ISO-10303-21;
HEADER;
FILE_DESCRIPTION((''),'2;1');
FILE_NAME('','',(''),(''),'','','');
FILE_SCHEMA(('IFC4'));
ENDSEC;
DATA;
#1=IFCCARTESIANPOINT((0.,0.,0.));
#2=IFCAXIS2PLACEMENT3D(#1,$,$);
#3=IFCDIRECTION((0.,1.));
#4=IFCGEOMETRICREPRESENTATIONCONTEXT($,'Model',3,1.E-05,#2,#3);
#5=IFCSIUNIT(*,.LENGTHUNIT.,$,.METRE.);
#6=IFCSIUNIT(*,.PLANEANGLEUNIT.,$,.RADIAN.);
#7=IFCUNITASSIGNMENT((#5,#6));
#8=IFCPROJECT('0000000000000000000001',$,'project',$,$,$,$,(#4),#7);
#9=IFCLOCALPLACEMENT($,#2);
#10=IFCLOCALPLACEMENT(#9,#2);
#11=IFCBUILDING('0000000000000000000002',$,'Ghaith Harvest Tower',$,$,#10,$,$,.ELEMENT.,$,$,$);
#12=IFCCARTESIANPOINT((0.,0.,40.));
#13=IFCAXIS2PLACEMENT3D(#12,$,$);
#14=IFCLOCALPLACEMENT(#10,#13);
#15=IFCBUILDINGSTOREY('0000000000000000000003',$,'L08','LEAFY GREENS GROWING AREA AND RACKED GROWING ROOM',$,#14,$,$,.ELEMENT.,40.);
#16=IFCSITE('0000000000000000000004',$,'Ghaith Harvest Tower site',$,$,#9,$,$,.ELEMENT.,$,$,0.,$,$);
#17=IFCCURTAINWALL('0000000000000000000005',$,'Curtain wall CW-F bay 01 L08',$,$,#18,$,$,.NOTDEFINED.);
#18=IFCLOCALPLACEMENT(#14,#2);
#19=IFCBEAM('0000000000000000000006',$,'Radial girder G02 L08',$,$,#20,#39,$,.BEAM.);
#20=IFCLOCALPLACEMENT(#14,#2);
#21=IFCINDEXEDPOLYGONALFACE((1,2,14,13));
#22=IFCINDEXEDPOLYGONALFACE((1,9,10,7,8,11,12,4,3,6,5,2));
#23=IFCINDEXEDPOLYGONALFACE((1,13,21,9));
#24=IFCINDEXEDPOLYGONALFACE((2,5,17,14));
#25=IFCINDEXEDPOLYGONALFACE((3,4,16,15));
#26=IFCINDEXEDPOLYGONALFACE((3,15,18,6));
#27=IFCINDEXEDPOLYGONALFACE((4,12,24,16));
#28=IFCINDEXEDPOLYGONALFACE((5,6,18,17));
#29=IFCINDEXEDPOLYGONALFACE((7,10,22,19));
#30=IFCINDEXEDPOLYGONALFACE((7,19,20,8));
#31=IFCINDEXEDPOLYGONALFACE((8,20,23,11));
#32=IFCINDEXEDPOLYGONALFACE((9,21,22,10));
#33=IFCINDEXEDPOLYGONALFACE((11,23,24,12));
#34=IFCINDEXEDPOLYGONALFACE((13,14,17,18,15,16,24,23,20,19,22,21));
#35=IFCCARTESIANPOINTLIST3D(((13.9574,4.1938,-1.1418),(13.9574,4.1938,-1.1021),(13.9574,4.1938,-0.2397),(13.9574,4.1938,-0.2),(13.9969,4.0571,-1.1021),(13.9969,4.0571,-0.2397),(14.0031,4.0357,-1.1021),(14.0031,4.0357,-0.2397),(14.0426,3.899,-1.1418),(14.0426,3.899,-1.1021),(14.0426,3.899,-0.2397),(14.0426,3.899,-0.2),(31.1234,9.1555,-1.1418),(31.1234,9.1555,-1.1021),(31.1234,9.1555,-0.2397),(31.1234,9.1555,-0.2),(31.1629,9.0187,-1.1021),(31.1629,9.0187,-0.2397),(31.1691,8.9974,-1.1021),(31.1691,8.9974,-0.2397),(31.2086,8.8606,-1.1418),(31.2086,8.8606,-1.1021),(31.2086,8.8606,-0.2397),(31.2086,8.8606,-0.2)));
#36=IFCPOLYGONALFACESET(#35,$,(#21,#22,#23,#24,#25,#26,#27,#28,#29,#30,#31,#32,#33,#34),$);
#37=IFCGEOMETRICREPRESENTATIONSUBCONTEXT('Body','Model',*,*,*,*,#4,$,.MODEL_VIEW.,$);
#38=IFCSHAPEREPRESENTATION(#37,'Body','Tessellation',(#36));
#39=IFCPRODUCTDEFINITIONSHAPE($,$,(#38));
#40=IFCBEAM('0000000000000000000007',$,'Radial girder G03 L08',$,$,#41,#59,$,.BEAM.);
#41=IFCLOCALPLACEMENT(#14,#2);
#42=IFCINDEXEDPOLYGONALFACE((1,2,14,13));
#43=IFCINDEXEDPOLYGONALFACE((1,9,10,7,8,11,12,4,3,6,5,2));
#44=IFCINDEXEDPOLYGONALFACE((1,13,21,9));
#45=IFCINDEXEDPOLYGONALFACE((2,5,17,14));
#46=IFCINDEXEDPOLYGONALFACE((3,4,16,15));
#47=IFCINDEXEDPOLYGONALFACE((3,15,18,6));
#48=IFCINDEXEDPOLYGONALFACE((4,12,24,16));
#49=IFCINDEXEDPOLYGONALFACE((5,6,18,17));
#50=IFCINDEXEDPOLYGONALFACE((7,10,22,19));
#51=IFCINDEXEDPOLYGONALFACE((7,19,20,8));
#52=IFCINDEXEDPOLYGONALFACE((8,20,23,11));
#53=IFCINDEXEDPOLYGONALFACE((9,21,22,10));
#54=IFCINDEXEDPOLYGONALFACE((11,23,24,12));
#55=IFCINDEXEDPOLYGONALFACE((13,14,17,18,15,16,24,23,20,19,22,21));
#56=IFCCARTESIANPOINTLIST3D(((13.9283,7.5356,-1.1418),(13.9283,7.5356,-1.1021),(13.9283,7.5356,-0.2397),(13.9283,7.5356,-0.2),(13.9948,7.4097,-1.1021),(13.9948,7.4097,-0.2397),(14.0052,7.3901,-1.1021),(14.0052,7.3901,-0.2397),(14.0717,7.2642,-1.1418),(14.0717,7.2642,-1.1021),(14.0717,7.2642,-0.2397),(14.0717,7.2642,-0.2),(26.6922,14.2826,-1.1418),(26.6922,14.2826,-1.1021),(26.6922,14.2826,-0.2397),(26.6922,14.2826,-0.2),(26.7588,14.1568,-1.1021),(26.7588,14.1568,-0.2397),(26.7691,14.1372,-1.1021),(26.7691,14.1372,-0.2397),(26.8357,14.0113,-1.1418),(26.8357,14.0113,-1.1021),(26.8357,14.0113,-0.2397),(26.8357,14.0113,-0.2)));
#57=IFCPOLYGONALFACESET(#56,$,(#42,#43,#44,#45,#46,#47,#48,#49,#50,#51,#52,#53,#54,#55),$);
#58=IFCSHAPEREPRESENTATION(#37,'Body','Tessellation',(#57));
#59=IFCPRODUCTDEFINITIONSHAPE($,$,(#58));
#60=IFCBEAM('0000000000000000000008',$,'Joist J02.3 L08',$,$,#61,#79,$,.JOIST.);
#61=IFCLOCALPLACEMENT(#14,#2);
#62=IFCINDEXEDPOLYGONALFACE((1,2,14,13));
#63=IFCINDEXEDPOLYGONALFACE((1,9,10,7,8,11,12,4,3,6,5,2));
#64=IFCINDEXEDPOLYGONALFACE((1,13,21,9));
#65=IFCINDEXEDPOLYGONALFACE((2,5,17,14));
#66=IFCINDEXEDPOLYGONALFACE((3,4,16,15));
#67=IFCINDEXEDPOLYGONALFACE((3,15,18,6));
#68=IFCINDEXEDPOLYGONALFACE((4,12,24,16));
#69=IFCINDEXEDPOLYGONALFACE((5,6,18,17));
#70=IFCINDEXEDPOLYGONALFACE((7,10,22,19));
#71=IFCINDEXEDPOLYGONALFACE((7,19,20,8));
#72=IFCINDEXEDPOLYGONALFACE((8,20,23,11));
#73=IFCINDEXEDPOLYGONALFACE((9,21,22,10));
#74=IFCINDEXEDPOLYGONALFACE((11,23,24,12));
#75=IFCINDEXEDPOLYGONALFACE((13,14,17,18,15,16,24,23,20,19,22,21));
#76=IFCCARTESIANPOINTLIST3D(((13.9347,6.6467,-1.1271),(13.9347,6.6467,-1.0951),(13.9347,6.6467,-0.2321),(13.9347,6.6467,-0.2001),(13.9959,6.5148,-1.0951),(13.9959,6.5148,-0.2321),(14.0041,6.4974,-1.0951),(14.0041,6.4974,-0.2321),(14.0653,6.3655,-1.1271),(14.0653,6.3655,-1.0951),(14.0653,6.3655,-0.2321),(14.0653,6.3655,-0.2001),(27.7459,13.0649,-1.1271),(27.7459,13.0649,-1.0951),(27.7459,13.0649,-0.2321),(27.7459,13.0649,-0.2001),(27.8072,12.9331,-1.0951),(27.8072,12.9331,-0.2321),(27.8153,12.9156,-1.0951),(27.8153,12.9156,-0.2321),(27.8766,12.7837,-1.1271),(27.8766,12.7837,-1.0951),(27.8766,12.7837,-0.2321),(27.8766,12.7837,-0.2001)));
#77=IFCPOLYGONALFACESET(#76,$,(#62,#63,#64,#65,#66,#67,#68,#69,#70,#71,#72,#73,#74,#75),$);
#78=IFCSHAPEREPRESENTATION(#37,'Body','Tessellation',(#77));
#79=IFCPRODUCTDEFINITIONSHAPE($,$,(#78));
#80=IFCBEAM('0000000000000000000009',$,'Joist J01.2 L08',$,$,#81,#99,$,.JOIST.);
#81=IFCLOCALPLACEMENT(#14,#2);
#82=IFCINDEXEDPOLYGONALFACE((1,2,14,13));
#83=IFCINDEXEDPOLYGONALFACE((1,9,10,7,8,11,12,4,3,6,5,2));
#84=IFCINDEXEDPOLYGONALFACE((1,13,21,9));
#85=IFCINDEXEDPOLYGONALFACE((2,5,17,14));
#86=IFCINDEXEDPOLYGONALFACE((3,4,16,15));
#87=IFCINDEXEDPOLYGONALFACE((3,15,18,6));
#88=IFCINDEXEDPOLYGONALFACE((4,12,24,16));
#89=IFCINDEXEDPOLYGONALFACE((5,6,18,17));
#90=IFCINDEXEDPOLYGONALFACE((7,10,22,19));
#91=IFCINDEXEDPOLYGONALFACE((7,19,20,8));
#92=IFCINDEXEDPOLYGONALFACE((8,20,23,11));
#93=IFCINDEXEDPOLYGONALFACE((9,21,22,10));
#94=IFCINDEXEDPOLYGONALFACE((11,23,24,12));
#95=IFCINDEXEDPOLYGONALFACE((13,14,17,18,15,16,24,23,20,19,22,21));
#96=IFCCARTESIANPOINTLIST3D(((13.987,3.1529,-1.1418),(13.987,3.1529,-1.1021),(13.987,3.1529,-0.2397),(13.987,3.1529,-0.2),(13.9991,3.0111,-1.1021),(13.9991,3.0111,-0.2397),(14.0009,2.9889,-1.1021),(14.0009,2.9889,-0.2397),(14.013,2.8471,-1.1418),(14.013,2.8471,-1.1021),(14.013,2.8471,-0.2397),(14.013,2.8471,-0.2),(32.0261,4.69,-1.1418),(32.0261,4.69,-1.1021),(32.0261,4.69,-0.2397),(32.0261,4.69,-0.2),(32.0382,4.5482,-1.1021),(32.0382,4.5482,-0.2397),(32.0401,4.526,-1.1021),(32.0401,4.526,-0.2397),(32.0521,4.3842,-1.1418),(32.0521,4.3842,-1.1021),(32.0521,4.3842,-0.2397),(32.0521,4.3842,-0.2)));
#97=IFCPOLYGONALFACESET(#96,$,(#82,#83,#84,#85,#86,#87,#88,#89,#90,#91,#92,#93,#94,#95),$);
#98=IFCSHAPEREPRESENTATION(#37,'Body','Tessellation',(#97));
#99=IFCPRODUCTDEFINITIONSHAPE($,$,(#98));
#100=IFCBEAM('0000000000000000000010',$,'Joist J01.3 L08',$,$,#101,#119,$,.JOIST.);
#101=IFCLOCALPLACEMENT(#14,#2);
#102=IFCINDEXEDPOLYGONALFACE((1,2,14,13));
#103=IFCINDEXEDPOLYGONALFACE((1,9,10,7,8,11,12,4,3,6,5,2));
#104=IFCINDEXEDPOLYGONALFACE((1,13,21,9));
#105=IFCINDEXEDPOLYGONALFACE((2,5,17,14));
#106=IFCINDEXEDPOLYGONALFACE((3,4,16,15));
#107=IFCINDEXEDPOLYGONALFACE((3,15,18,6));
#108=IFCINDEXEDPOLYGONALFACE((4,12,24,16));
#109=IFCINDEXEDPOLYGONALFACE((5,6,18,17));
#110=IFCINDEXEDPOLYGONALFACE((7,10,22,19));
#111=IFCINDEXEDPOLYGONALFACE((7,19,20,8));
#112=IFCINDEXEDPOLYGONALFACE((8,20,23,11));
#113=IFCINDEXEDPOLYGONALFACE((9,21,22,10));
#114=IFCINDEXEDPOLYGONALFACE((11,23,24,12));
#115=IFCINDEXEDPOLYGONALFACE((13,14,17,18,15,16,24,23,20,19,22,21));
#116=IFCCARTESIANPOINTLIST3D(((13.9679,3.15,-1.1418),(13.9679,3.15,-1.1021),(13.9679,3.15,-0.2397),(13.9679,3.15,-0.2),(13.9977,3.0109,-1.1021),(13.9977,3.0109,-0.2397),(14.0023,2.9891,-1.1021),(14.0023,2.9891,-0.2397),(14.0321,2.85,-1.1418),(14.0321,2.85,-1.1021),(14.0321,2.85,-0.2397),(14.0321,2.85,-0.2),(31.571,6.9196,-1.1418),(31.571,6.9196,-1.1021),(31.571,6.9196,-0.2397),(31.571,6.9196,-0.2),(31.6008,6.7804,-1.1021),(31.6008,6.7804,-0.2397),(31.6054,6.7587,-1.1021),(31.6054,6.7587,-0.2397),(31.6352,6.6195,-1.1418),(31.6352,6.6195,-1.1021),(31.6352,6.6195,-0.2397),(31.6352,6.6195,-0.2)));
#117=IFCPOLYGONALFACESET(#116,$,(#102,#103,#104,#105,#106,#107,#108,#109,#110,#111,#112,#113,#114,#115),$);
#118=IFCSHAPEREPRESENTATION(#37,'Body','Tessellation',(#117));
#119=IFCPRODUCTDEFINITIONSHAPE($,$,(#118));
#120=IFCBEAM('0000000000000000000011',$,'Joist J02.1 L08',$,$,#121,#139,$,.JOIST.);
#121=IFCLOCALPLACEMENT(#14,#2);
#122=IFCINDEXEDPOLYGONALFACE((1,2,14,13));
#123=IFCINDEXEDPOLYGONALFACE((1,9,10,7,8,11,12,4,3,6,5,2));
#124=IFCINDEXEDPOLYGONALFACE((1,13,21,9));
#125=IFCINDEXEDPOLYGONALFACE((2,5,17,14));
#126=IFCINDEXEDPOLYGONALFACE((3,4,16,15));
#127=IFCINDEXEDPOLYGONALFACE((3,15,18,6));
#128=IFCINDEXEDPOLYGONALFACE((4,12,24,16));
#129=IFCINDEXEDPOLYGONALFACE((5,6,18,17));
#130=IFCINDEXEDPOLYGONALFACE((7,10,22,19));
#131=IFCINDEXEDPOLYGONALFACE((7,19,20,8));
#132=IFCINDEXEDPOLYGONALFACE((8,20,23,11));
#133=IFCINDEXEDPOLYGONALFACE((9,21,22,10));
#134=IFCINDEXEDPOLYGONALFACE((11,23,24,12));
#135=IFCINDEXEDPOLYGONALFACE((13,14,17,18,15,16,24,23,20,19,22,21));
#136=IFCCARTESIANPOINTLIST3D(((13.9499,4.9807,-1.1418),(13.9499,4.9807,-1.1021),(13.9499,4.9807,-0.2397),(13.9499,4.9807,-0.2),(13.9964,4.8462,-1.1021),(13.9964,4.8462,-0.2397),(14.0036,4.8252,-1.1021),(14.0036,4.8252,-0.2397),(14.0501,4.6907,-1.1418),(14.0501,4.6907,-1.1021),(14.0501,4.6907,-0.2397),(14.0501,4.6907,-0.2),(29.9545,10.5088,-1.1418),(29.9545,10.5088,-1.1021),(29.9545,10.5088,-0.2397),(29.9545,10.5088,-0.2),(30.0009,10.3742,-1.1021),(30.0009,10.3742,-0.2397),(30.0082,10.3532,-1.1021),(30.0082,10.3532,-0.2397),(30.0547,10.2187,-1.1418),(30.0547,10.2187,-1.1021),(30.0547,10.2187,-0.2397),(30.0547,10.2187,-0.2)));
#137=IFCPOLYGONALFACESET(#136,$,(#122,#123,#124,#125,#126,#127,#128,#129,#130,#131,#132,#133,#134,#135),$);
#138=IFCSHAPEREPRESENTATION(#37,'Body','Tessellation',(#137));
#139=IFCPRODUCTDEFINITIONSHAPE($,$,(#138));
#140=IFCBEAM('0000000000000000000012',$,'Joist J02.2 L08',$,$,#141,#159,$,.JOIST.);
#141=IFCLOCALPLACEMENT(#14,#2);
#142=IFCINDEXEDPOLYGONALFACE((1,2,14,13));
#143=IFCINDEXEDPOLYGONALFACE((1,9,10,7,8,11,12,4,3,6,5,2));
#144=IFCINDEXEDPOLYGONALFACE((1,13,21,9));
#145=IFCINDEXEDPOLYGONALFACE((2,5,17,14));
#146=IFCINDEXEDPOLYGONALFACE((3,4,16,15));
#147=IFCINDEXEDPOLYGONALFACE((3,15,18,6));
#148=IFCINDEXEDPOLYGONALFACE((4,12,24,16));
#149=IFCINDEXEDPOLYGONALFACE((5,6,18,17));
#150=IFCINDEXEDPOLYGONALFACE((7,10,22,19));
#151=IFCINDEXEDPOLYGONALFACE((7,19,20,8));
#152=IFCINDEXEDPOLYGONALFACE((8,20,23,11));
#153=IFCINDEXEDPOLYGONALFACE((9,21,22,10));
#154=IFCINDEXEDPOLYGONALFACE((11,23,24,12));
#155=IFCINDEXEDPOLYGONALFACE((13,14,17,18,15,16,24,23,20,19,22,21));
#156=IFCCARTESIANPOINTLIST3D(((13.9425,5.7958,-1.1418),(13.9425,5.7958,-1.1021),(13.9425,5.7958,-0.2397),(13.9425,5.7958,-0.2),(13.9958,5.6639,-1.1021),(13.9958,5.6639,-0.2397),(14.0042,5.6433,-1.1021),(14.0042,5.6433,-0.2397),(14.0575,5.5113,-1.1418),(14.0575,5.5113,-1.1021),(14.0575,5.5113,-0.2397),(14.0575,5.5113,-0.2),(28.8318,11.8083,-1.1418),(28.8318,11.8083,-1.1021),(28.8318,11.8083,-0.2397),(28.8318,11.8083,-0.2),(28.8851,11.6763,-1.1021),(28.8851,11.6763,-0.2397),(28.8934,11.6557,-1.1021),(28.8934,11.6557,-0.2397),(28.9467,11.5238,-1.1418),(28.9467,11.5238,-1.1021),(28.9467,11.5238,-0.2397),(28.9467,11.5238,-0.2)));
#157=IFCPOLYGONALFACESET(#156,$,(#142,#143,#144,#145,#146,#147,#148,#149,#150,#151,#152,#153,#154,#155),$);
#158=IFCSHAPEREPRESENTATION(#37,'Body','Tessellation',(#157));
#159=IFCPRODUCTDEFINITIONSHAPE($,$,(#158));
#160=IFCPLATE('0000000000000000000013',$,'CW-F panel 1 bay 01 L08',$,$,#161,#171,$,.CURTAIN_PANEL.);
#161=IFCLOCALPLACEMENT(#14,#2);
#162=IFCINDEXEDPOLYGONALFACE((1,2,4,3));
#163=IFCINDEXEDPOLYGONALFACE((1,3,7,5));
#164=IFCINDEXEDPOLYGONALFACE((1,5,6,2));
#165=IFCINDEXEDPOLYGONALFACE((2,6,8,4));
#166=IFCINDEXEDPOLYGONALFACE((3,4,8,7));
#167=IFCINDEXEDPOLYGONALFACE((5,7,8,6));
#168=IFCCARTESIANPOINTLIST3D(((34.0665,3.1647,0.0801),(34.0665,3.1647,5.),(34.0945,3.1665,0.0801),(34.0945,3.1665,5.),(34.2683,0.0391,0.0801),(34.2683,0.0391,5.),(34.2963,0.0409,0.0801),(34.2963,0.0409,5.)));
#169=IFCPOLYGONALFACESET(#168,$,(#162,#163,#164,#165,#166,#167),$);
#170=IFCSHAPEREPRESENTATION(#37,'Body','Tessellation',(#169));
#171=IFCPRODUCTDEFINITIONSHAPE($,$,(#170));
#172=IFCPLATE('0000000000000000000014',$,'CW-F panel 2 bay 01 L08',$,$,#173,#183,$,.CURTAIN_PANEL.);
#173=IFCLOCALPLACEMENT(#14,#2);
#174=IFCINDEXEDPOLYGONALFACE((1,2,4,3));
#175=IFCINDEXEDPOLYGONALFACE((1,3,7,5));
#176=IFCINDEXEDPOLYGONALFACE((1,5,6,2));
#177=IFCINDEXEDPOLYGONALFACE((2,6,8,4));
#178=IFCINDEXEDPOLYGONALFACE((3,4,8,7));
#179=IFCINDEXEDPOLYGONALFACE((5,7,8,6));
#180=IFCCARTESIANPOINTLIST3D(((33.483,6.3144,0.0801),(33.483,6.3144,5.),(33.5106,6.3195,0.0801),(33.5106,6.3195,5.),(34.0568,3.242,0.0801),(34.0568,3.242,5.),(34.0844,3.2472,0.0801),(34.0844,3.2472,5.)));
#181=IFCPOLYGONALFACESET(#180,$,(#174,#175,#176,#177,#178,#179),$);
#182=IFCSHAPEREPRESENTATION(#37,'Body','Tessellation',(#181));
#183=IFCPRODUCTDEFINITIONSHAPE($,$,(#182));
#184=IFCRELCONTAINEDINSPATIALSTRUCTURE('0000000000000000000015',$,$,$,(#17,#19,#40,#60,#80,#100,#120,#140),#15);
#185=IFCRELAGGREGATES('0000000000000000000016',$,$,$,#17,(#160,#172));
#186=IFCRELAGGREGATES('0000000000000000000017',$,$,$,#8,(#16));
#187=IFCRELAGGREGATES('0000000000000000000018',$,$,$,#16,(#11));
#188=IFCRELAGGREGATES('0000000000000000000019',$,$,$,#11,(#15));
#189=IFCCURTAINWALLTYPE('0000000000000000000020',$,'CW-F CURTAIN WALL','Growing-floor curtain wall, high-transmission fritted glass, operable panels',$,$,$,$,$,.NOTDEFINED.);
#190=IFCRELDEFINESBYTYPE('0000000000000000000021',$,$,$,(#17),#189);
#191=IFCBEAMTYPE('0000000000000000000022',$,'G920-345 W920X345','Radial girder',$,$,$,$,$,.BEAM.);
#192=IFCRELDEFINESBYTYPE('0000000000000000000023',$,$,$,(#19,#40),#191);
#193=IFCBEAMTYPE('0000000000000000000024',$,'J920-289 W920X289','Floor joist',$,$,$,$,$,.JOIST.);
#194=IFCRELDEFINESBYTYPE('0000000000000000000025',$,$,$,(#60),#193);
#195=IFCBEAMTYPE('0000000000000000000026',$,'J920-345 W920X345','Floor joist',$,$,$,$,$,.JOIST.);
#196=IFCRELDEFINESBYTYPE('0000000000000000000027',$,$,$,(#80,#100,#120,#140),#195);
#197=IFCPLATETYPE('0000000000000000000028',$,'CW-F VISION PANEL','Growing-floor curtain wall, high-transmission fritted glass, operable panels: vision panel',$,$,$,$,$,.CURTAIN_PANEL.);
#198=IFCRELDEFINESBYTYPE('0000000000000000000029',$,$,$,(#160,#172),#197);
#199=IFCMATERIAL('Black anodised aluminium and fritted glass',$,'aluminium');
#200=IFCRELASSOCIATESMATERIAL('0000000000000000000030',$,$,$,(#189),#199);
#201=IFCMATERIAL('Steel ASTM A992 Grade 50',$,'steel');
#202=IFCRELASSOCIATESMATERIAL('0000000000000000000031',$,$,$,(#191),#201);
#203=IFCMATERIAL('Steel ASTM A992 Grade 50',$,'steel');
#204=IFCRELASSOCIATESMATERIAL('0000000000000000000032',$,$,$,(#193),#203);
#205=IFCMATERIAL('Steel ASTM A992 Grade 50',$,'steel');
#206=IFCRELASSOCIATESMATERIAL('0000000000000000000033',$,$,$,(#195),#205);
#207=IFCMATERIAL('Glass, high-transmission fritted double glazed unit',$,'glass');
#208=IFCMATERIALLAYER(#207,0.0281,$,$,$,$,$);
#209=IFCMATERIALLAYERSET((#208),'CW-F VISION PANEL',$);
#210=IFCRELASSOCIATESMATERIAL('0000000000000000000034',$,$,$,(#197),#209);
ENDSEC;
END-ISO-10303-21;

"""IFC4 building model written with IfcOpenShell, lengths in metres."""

from ifc_helpers import new_model, si_unit, direction, frame, origin, origin_2d, place, context, subcontext, project, spatial, rectangle, i_section, extrude, material, layer, layer_set, material_profile, profile_set, type_object, element, aggregate, save


model = new_model("IFC4")

# Units and contexts
model_context = context("Model", 3, precision=1e-05, world=origin(), true_north=direction((0.0, 1.0)))
body_context = subcontext(model_context, "Body", "Model", "MODEL_VIEW")
ifc_project = project(units=[si_unit("LENGTHUNIT", "METRE"), si_unit("PLANEANGLEUNIT", "RADIAN")], contexts=[model_context])

# Site, building, storey
site_placement = place(None, origin())
site = spatial("IfcSite", under=ifc_project, at=site_placement, Name="Ghaith Harvest Tower site", CompositionType="ELEMENT", RefElevation=0.0)
building_placement = place(site_placement, origin())
building = spatial("IfcBuilding", under=site, at=building_placement, Name="Ghaith Harvest Tower", CompositionType="ELEMENT")
storey_placement = place(building_placement, frame((0.0, 0.0, 40.0)))
storey = spatial("IfcBuildingStorey", under=building, at=storey_placement, Name="L08", Description="LEAFY GREENS GROWING AREA AND RACKED GROWING ROOM", CompositionType="ELEMENT", Elevation=40.0)

# Curtain wall
ifc_material_1 = material(Name="Black anodised aluminium and fritted glass", Category="aluminium")
curtain_wall_type = type_object("IfcCurtainWallType", Name="CW-F CURTAIN WALL", Description="Growing-floor curtain wall, high-transmission fritted glass, operable panels", PredefinedType="NOTDEFINED", material=ifc_material_1)
curtain_wall_1_placement = place(storey_placement, origin())
curtain_wall_1 = element("IfcCurtainWall", 1, at=curtain_wall_1_placement, inside=storey, type_object=curtain_wall_type, Name="Curtain wall CW-F bay 01 L08", PredefinedType="NOTDEFINED")

# Beams
ifc_material_2 = material(Name="Steel ASTM A992 Grade 50", Category="steel")
ifc_material_profile_1 = material_profile(ifc_material_2, i_section(OverallWidth=0.3069, OverallDepth=0.9419, WebThickness=0.0222, FlangeThickness=0.0398, at=origin_2d()), Name="W920X345")
ifc_profile_set_1 = profile_set([ifc_material_profile_1], Name="Steel ASTM A992 Grade 50")
beam_type_1 = type_object("IfcBeamType", Name="G920-345 W920X345", Description="Radial girder", PredefinedType="BEAM", material=ifc_profile_set_1)
beam_1_placement = place(storey_placement, frame((14.0, 4.0464, -0.6709), z_axis=(0.960675, 0.277674, 0.0), x_axis=(-0.277674, 0.960675, 0.0)))
element("IfcBeam", 2, at=beam_1_placement, inside=storey, type_object=beam_type_1, Name="Radial girder G02 L08", PredefinedType="BEAM", context=body_context, shape_type="SweptSolid", body=[
    extrude(i_section(OverallWidth=0.3069, OverallDepth=0.9419, WebThickness=0.0222, FlangeThickness=0.0398, at=origin_2d()), origin(), (0.0, 0.0, 1.0), 17.8687),
])
beam_2_placement = place(storey_placement, frame((14.0, 7.3999, -0.6709), z_axis=(0.884083, 0.467331, 0.0), x_axis=(-0.467331, 0.884083, 0.0)))
element("IfcBeam", 3, at=beam_2_placement, inside=storey, type_object=beam_type_1, Name="Radial girder G03 L08", PredefinedType="BEAM", context=body_context, shape_type="SweptSolid", body=[
    extrude(i_section(OverallWidth=0.3069, OverallDepth=0.9419, WebThickness=0.0222, FlangeThickness=0.0398, at=origin_2d()), origin(), (0.0, 0.0, 1.0), 14.4375),
])
ifc_material_3 = material(Name="Steel ASTM A992 Grade 50", Category="steel")
ifc_material_profile_2 = material_profile(ifc_material_3, i_section(OverallWidth=0.3101, OverallDepth=0.927, WebThickness=0.0193, FlangeThickness=0.032, at=origin_2d()), Name="W920X289")
ifc_profile_set_2 = profile_set([ifc_material_profile_2], Name="Steel ASTM A992 Grade 50")
beam_type_2 = type_object("IfcBeamType", Name="J920-289 W920X289", Description="Floor joist", PredefinedType="JOIST", material=ifc_profile_set_2)
beam_3_placement = place(storey_placement, frame((14.0, 6.5061, -0.6636), z_axis=(0.906863, 0.421426, 0.0), x_axis=(-0.421426, 0.906863, 0.0)))
element("IfcBeam", 4, at=beam_3_placement, inside=storey, type_object=beam_type_2, Name="Joist J02.3 L08", PredefinedType="JOIST", context=body_context, shape_type="SweptSolid", body=[
    extrude(i_section(OverallWidth=0.3101, OverallDepth=0.927, WebThickness=0.0193, FlangeThickness=0.032, at=origin_2d()), origin(), (0.0, 0.0, 1.0), 15.2297),
])
ifc_material_4 = material(Name="Steel ASTM A992 Grade 50", Category="steel")
ifc_material_profile_3 = material_profile(ifc_material_4, i_section(OverallWidth=0.3069, OverallDepth=0.9419, WebThickness=0.0222, FlangeThickness=0.0398, at=origin_2d()), Name="W920X345")
ifc_profile_set_3 = profile_set([ifc_material_profile_3], Name="Steel ASTM A992 Grade 50")
beam_type_3 = type_object("IfcBeamType", Name="J920-345 W920X345", Description="Floor joist", PredefinedType="JOIST", material=ifc_profile_set_3)
beam_4_placement = place(storey_placement, frame((14.0, 3.0, -0.6709), z_axis=(0.996389, 0.084902, 0.0), x_axis=(-0.084902, 0.996389, 0.0)))
element("IfcBeam", 5, at=beam_4_placement, inside=storey, type_object=beam_type_3, Name="Joist J01.2 L08", PredefinedType="JOIST", context=body_context, shape_type="SweptSolid", body=[
    extrude(i_section(OverallWidth=0.3069, OverallDepth=0.9419, WebThickness=0.0222, FlangeThickness=0.0398, at=origin_2d()), origin(), (0.0, 0.0, 1.0), 18.1045),
])
beam_5_placement = place(storey_placement, frame((14.0, 3.0, -0.6709), z_axis=(0.977831, 0.209394, 0.0), x_axis=(-0.209394, 0.977831, 0.0)))
element("IfcBeam", 6, at=beam_5_placement, inside=storey, type_object=beam_type_3, Name="Joist J01.3 L08", PredefinedType="JOIST", context=body_context, shape_type="SweptSolid", body=[
    extrude(i_section(OverallWidth=0.3069, OverallDepth=0.9419, WebThickness=0.0222, FlangeThickness=0.0398, at=origin_2d()), origin(), (0.0, 0.0, 1.0), 18.0022),
])
beam_6_placement = place(storey_placement, frame((14.0, 4.8357, -0.6709), z_axis=(0.945205, 0.326478, 0.0), x_axis=(-0.326478, 0.945205, 0.0)))
element("IfcBeam", 7, at=beam_6_placement, inside=storey, type_object=beam_type_3, Name="Joist J02.1 L08", PredefinedType="JOIST", context=body_context, shape_type="SweptSolid", body=[
    extrude(i_section(OverallWidth=0.3069, OverallDepth=0.9419, WebThickness=0.0222, FlangeThickness=0.0398, at=origin_2d()), origin(), (0.0, 0.0, 1.0), 16.9324),
])
beam_7_placement = place(storey_placement, frame((14.0, 5.6536, -0.6709), z_axis=(0.927252, 0.374437, 0.0), x_axis=(-0.374437, 0.927252, 0.0)))
element("IfcBeam", 8, at=beam_7_placement, inside=storey, type_object=beam_type_3, Name="Joist J02.2 L08", PredefinedType="JOIST", context=body_context, shape_type="SweptSolid", body=[
    extrude(i_section(OverallWidth=0.3069, OverallDepth=0.9419, WebThickness=0.0222, FlangeThickness=0.0398, at=origin_2d()), origin(), (0.0, 0.0, 1.0), 16.0574),
])

# Plates
ifc_material_5 = material(Name="Glass, high-transmission fritted double glazed unit", Category="glass")
ifc_layer_1 = layer(ifc_material_5, 0.0281)
ifc_layer_set_1 = layer_set([ifc_layer_1], Name="CW-F VISION PANEL")
plate_type = type_object("IfcPlateType", Name="CW-F VISION PANEL", Description="Growing-floor curtain wall, high-transmission fritted glass, operable panels: vision panel", PredefinedType="CURTAIN_PANEL", material=ifc_layer_set_1)
plate_1_placement = place(storey_placement, frame((34.1814, 1.6028, 0.0801), z_axis=(0.0, 0.0, 1.0), x_axis=(-0.064446, 0.997921, 0.0)))
plate_1 = element("IfcPlate", 9, at=plate_1_placement, type_object=plate_type, Name="CW-F panel 1 bay 01 L08", PredefinedType="CURTAIN_PANEL", context=body_context, shape_type="SweptSolid", body=[
    extrude(rectangle(XDim=3.1321, YDim=0.0281, at=origin_2d()), origin(), (0.0, 0.0, 1.0), 4.9199),
])
plate_2_placement = place(storey_placement, frame((33.7837, 4.7808, 0.0801), z_axis=(0.0, 0.0, 1.0), x_axis=(-0.183569, 0.983007, 0.0)))
plate_2 = element("IfcPlate", 10, at=plate_2_placement, type_object=plate_type, Name="CW-F panel 2 bay 01 L08", PredefinedType="CURTAIN_PANEL", context=body_context, shape_type="SweptSolid", body=[
    extrude(rectangle(XDim=3.1255, YDim=0.0281, at=origin_2d()), origin(), (0.0, 0.0, 1.0), 4.9199),
])
aggregate(curtain_wall_1, [plate_1, plate_2])

save(model, "model.ifc")
